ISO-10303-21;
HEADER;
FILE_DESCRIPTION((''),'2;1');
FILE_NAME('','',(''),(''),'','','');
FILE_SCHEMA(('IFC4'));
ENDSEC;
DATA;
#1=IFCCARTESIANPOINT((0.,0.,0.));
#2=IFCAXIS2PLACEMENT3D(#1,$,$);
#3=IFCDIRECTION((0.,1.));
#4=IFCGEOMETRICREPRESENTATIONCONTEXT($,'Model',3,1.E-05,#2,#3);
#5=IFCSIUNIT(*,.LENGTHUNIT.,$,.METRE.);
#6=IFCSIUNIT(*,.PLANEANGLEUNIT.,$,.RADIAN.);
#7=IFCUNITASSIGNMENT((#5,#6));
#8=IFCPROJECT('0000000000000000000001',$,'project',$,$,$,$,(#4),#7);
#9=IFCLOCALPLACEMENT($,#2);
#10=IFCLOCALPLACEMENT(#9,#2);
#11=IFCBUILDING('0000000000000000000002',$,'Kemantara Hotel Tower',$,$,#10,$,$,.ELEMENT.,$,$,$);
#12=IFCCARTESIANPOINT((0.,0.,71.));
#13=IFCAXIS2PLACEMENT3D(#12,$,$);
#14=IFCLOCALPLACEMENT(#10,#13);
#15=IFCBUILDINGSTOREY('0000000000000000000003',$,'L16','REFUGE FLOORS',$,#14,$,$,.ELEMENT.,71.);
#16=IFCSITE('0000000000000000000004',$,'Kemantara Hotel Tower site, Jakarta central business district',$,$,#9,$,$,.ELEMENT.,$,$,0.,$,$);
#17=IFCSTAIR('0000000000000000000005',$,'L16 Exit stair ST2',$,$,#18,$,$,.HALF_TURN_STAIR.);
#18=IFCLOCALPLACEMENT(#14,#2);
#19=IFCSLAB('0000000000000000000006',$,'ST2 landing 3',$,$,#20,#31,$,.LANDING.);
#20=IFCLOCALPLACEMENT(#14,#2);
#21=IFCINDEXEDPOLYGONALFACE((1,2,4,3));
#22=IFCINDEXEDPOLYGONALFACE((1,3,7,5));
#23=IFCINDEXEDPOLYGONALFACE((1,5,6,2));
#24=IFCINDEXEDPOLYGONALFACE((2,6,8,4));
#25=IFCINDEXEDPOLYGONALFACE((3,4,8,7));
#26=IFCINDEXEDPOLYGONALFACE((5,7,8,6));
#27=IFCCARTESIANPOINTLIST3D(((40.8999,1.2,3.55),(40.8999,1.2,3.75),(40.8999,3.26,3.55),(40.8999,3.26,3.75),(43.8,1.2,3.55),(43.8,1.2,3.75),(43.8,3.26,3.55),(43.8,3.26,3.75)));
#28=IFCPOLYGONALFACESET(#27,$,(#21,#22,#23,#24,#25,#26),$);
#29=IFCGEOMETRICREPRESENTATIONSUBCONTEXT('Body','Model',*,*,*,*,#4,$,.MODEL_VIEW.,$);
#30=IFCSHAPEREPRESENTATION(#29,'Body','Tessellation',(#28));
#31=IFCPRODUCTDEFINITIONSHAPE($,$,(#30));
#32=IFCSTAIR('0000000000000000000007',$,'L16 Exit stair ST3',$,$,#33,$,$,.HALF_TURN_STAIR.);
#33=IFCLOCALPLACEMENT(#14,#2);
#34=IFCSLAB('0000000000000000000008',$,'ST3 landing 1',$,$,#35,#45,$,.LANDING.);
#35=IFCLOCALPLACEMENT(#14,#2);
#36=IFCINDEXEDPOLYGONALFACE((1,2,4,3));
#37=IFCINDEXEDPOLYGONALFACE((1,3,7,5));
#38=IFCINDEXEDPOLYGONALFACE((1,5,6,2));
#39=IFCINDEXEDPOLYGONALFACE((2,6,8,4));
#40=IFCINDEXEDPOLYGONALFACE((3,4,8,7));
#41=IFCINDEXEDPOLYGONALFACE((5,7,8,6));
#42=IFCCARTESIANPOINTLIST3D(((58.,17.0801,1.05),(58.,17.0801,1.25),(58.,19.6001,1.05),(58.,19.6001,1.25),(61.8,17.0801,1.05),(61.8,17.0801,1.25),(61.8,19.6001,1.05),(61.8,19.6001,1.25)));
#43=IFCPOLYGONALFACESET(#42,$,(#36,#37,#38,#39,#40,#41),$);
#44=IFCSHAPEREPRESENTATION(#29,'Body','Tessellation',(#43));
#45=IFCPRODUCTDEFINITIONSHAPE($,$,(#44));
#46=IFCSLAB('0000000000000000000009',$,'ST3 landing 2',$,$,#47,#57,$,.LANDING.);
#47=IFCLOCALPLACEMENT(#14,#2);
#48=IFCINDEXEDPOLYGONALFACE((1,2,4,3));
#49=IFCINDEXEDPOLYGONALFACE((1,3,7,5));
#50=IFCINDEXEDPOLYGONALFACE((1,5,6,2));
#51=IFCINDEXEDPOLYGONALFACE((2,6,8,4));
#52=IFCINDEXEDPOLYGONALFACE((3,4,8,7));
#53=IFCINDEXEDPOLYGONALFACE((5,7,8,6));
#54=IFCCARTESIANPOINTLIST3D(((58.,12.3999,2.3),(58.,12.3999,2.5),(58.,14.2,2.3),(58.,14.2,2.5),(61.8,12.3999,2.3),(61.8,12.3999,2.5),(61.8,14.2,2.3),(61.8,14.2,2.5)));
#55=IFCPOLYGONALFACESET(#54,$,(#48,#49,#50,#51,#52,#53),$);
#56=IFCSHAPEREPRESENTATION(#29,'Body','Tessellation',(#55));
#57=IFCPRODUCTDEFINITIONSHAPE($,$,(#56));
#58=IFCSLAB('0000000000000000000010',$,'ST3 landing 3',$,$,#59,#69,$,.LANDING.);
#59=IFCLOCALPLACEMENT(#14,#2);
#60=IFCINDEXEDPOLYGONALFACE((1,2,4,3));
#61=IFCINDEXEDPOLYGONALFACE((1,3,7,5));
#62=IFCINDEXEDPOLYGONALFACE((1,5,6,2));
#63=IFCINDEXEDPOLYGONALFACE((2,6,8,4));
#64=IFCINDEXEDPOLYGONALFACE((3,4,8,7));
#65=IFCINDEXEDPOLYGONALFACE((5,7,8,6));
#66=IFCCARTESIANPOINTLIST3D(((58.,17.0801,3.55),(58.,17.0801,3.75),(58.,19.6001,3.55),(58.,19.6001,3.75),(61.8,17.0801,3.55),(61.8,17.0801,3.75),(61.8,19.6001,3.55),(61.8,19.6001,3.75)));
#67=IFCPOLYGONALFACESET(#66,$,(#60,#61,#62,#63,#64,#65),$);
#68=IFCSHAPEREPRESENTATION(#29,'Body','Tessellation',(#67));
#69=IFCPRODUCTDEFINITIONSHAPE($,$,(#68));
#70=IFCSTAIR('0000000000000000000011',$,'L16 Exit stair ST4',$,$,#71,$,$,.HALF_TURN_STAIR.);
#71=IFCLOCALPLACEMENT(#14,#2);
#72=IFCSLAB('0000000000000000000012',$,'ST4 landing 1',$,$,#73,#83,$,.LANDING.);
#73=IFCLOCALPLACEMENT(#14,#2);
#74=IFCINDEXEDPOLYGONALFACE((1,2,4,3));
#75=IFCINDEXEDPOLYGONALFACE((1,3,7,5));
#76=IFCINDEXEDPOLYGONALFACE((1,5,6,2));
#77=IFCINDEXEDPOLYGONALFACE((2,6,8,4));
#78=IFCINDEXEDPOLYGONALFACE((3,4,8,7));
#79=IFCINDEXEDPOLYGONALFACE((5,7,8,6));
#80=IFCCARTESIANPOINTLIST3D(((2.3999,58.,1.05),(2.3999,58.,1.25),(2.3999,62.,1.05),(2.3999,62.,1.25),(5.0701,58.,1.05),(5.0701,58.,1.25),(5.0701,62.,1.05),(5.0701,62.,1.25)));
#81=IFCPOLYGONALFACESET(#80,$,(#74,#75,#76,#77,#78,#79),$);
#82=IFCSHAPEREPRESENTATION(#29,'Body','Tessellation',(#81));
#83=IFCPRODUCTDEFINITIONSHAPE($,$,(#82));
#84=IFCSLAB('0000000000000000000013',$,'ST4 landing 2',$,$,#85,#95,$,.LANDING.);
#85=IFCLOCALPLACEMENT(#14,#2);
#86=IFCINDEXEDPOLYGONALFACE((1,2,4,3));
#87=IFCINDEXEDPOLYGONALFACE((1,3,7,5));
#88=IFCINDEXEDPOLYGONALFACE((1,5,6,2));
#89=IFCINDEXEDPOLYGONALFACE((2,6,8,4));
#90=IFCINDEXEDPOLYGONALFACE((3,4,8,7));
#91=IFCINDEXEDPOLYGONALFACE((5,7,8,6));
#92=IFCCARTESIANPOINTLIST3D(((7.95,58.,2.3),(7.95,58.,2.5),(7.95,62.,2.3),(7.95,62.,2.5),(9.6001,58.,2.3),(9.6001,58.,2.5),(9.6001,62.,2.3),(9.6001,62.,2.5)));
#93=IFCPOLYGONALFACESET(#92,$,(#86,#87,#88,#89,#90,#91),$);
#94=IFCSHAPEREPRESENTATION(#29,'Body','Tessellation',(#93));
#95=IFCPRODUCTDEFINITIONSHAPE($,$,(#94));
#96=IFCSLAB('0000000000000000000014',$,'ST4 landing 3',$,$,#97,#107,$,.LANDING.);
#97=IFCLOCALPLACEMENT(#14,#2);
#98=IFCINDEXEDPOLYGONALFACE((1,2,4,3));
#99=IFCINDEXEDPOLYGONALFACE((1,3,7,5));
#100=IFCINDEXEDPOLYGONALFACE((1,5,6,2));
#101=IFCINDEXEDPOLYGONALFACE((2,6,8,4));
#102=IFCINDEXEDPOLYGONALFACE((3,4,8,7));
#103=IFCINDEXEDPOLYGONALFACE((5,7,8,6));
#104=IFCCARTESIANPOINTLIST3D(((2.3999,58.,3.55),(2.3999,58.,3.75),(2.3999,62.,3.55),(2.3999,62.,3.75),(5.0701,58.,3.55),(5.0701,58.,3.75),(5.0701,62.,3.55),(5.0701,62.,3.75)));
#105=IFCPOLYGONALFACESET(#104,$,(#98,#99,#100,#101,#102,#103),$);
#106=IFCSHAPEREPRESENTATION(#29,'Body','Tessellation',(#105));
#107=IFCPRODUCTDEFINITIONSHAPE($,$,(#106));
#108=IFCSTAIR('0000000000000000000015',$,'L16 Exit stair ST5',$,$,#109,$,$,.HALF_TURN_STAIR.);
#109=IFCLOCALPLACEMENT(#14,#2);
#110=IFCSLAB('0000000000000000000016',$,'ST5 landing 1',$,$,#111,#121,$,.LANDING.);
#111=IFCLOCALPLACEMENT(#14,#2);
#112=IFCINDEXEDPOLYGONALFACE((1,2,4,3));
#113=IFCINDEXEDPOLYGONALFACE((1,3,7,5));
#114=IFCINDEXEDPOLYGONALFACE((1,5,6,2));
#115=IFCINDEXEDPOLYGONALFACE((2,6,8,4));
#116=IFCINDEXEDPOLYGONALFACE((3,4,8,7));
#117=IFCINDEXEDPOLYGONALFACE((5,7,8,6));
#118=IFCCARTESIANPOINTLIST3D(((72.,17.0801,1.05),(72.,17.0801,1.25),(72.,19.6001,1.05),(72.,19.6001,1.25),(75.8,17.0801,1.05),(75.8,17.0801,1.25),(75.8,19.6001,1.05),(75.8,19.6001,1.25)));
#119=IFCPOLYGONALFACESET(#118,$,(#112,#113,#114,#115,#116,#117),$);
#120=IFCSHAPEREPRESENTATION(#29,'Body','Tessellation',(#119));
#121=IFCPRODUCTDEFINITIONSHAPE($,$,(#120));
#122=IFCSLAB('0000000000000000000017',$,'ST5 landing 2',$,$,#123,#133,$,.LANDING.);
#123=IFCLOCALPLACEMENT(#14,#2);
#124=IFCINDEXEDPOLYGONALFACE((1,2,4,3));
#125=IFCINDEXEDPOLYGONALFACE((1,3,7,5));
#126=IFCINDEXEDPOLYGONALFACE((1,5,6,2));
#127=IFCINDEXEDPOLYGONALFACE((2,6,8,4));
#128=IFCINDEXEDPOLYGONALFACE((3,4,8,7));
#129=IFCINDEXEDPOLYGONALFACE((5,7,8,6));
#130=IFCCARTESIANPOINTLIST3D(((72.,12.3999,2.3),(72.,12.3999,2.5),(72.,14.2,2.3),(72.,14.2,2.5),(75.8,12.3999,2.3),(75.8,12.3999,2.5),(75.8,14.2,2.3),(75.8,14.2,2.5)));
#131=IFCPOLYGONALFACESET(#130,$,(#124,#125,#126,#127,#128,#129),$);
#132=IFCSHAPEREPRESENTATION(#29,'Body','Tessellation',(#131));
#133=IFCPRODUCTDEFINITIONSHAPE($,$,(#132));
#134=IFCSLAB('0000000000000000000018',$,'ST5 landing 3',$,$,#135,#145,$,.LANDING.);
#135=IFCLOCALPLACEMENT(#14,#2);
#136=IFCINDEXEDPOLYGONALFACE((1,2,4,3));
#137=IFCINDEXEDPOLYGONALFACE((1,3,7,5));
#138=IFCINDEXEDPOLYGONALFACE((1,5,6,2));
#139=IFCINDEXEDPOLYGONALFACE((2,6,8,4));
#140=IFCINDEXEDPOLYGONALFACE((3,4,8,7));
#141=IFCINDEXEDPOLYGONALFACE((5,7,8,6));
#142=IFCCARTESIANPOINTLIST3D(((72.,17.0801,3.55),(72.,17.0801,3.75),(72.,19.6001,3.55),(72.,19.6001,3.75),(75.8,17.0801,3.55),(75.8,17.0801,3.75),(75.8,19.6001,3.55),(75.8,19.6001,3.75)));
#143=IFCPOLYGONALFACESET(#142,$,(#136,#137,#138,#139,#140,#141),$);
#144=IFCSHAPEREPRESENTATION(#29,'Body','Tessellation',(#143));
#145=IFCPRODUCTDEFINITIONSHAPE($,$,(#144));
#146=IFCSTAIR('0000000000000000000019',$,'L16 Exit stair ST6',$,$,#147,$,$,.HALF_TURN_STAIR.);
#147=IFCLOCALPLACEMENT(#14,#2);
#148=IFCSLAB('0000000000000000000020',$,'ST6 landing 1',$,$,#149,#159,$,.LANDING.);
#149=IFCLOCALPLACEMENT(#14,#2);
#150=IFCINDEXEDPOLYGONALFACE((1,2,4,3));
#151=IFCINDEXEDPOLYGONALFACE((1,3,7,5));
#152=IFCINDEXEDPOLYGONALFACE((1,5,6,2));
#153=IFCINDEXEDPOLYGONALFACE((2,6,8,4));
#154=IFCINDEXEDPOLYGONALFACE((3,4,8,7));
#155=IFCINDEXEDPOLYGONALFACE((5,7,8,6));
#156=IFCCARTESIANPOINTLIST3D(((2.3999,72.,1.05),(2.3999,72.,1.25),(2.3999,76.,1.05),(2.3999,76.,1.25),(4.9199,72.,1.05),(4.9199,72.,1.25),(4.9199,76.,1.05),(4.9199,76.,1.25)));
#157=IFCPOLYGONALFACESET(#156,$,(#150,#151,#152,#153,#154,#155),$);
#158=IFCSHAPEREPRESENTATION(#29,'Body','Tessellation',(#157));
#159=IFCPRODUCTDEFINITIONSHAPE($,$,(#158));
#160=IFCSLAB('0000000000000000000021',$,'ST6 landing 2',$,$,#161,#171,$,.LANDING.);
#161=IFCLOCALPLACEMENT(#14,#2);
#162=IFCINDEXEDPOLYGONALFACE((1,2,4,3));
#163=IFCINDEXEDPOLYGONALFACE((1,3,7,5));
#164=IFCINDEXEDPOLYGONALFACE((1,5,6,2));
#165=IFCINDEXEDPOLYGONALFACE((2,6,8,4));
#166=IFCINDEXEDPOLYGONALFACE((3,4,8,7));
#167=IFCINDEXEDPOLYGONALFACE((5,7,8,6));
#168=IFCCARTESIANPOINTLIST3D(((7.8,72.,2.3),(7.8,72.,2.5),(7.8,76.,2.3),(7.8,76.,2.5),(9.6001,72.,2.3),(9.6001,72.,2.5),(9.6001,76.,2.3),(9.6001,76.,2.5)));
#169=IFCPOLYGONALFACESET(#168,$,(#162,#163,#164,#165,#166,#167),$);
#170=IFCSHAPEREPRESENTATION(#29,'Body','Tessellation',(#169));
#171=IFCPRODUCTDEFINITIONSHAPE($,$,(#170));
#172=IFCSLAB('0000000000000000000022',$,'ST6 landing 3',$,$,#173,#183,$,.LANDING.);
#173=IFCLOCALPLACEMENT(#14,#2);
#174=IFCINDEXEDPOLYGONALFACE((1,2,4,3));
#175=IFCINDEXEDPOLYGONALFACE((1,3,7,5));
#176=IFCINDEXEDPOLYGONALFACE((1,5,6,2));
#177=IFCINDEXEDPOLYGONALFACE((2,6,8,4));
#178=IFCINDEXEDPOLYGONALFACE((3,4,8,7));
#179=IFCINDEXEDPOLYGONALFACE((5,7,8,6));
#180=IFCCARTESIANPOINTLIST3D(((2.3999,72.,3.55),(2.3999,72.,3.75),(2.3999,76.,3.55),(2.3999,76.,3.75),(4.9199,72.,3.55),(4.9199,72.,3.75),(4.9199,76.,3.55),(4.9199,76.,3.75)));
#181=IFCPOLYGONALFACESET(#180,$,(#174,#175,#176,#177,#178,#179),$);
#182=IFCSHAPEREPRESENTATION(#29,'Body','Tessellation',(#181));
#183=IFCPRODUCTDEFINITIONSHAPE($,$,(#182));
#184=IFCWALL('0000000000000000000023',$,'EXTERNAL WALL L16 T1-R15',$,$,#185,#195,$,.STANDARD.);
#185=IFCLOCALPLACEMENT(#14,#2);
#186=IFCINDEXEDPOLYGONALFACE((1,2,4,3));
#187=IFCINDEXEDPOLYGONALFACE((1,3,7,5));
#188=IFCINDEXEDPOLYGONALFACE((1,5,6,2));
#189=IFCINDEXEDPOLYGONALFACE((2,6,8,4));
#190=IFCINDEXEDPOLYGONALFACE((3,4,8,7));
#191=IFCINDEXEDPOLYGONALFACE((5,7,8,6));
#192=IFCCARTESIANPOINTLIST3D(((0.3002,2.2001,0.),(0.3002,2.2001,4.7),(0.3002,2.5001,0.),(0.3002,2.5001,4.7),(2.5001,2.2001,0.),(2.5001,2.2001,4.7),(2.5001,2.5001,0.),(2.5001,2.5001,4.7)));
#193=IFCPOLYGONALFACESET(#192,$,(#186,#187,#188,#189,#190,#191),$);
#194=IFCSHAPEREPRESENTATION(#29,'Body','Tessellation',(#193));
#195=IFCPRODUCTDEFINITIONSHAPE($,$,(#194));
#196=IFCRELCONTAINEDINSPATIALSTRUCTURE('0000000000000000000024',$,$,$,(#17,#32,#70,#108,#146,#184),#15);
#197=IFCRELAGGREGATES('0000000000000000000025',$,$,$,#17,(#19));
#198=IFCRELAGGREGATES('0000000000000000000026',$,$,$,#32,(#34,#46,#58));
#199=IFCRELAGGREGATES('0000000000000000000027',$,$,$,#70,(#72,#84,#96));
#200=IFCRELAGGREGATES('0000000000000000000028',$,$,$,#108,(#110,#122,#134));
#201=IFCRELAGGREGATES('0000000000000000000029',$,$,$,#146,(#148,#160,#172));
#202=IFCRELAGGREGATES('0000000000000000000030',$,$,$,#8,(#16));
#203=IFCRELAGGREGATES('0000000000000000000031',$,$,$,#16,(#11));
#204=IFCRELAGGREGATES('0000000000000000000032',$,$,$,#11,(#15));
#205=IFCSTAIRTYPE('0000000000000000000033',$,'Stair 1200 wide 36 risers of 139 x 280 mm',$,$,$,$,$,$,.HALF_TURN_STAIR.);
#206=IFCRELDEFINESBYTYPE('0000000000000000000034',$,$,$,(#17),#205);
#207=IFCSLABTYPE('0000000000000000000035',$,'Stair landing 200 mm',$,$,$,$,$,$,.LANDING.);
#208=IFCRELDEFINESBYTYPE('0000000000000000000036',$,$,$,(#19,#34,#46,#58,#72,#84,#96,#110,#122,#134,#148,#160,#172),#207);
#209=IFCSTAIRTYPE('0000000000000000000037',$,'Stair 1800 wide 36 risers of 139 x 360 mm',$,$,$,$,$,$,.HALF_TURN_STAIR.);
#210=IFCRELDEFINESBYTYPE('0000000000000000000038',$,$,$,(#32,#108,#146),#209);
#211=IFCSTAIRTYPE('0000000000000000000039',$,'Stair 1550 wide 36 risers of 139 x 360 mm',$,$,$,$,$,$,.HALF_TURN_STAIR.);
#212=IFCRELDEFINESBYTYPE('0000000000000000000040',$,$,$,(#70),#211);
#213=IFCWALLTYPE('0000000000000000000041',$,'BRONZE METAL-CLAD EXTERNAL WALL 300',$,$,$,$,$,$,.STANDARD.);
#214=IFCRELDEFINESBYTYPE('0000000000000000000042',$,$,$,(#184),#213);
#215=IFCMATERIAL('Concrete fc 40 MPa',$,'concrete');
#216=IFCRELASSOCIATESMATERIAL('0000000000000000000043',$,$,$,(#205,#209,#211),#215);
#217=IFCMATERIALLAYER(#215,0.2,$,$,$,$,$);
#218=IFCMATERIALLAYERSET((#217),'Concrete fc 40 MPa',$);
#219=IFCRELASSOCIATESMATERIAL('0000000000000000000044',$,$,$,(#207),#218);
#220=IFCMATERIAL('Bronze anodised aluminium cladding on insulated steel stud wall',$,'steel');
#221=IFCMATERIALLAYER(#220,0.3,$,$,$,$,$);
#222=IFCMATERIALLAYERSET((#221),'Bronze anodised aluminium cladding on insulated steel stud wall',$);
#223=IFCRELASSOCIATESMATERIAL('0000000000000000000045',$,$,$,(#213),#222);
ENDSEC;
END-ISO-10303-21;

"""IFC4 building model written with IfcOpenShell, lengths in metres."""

from ifc_helpers import new_model, si_unit, direction, frame, frame_2d, origin, place, context, subcontext, project, spatial, polyline, rectangle, outline, extrude, material, layer, layer_set, type_object, element, aggregate, save


model = new_model("IFC4")

# Units and contexts
model_context = context("Model", 3, precision=1e-05, world=origin(), true_north=direction((0.0, 1.0)))
body_context = subcontext(model_context, "Body", "Model", "MODEL_VIEW")
ifc_project = project(units=[si_unit("LENGTHUNIT", "METRE"), si_unit("PLANEANGLEUNIT", "RADIAN")], contexts=[model_context])

# Site, building, storey
site_placement = place(None, origin())
site = spatial("IfcSite", under=ifc_project, at=site_placement, Name="Kemantara Hotel Tower site, Jakarta central business district", CompositionType="ELEMENT", RefElevation=0.0)
building_placement = place(site_placement, origin())
building = spatial("IfcBuilding", under=site, at=building_placement, Name="Kemantara Hotel Tower", CompositionType="ELEMENT")
storey_placement = place(building_placement, frame((0.0, 0.0, 71.0)))
storey = spatial("IfcBuildingStorey", under=building, at=storey_placement, Name="L16", Description="REFUGE FLOORS", CompositionType="ELEMENT", Elevation=71.0)

# Shared definitions
ifc_material_1 = material(Name="Concrete fc 40 MPa", Category="concrete")

# Stairs, slabs
stair_type_1 = type_object("IfcStairType", Name="Stair 1200 wide 36 risers of 139 x 280 mm", PredefinedType="HALF_TURN_STAIR", material=ifc_material_1)
ifc_layer_1 = layer(ifc_material_1, 0.2)
ifc_layer_set_1 = layer_set([ifc_layer_1], Name="Concrete fc 40 MPa")
slab_type_1 = type_object("IfcSlabType", Name="Stair landing 200 mm", PredefinedType="LANDING", material=ifc_layer_set_1)
stair_1_placement = place(storey_placement, origin())
stair_1 = element("IfcStair", 1, at=stair_1_placement, inside=storey, type_object=stair_type_1, Name="L16 Exit stair ST2", PredefinedType="HALF_TURN_STAIR")
slab_1_placement = place(storey_placement, frame((0.0, 0.0, 3.55)))
slab_1 = element("IfcSlab", 2, at=slab_1_placement, type_object=slab_type_1, Name="ST2 landing 3", PredefinedType="LANDING", context=body_context, shape_type="SweptSolid", body=[
    extrude(outline(polyline([(40.8999, 3.26), (40.8999, 1.2), (43.8, 1.2), (43.8, 3.26), (40.8999, 3.26)])), origin(), (0.0, 0.0, 1.0), 0.2),
])
aggregate(stair_1, [slab_1])
stair_type_2 = type_object("IfcStairType", Name="Stair 1800 wide 36 risers of 139 x 360 mm", PredefinedType="HALF_TURN_STAIR", material=ifc_material_1)
stair_2_placement = place(storey_placement, origin())
stair_2 = element("IfcStair", 3, at=stair_2_placement, inside=storey, type_object=stair_type_2, Name="L16 Exit stair ST3", PredefinedType="HALF_TURN_STAIR")
slab_2_placement = place(storey_placement, frame((0.0, 0.0, 1.05)))
slab_2 = element("IfcSlab", 4, at=slab_2_placement, type_object=slab_type_1, Name="ST3 landing 1", PredefinedType="LANDING", context=body_context, shape_type="SweptSolid", body=[
    extrude(outline(polyline([(61.8, 17.0801), (61.8, 19.6001), (58.0, 19.6001), (58.0, 17.0801), (61.8, 17.0801)])), origin(), (0.0, 0.0, 1.0), 0.2),
])
slab_3_placement = place(storey_placement, frame((0.0, 0.0, 2.3)))
slab_3 = element("IfcSlab", 5, at=slab_3_placement, type_object=slab_type_1, Name="ST3 landing 2", PredefinedType="LANDING", context=body_context, shape_type="SweptSolid", body=[
    extrude(outline(polyline([(61.8, 12.3999), (61.8, 14.2), (58.0, 14.2), (58.0, 12.3999), (61.8, 12.3999)])), origin(), (0.0, 0.0, 1.0), 0.2),
])
slab_4_placement = place(storey_placement, frame((0.0, 0.0, 3.55)))
slab_4 = element("IfcSlab", 6, at=slab_4_placement, type_object=slab_type_1, Name="ST3 landing 3", PredefinedType="LANDING", context=body_context, shape_type="SweptSolid", body=[
    extrude(outline(polyline([(61.8, 17.0801), (61.8, 19.6001), (58.0, 19.6001), (58.0, 17.0801), (61.8, 17.0801)])), origin(), (0.0, 0.0, 1.0), 0.2),
])
aggregate(stair_2, [slab_2, slab_3, slab_4])
stair_type_3 = type_object("IfcStairType", Name="Stair 1550 wide 36 risers of 139 x 360 mm", PredefinedType="HALF_TURN_STAIR", material=ifc_material_1)
stair_3_placement = place(storey_placement, origin())
stair_3 = element("IfcStair", 7, at=stair_3_placement, inside=storey, type_object=stair_type_3, Name="L16 Exit stair ST4", PredefinedType="HALF_TURN_STAIR")
slab_5_placement = place(storey_placement, frame((0.0, 0.0, 1.05)))
slab_5 = element("IfcSlab", 8, at=slab_5_placement, type_object=slab_type_1, Name="ST4 landing 1", PredefinedType="LANDING", context=body_context, shape_type="SweptSolid", body=[
    extrude(outline(polyline([(5.0701, 62.0), (2.3999, 62.0), (2.3999, 58.0), (5.0701, 58.0), (5.0701, 62.0)])), origin(), (0.0, 0.0, 1.0), 0.2),
])
slab_6_placement = place(storey_placement, frame((0.0, 0.0, 2.3)))
slab_6 = element("IfcSlab", 9, at=slab_6_placement, type_object=slab_type_1, Name="ST4 landing 2", PredefinedType="LANDING", context=body_context, shape_type="SweptSolid", body=[
    extrude(outline(polyline([(9.6001, 62.0), (7.95, 62.0), (7.95, 58.0), (9.6001, 58.0), (9.6001, 62.0)])), origin(), (0.0, 0.0, 1.0), 0.2),
])
slab_7_placement = place(storey_placement, frame((0.0, 0.0, 3.55)))
slab_7 = element("IfcSlab", 10, at=slab_7_placement, type_object=slab_type_1, Name="ST4 landing 3", PredefinedType="LANDING", context=body_context, shape_type="SweptSolid", body=[
    extrude(outline(polyline([(5.0701, 62.0), (2.3999, 62.0), (2.3999, 58.0), (5.0701, 58.0), (5.0701, 62.0)])), origin(), (0.0, 0.0, 1.0), 0.2),
])
aggregate(stair_3, [slab_5, slab_6, slab_7])
stair_4_placement = place(storey_placement, origin())
stair_4 = element("IfcStair", 11, at=stair_4_placement, inside=storey, type_object=stair_type_2, Name="L16 Exit stair ST5", PredefinedType="HALF_TURN_STAIR")
slab_8_placement = place(storey_placement, frame((0.0, 0.0, 1.05)))
slab_8 = element("IfcSlab", 12, at=slab_8_placement, type_object=slab_type_1, Name="ST5 landing 1", PredefinedType="LANDING", context=body_context, shape_type="SweptSolid", body=[
    extrude(outline(polyline([(75.8, 17.0801), (75.8, 19.6001), (72.0, 19.6001), (72.0, 17.0801), (75.8, 17.0801)])), origin(), (0.0, 0.0, 1.0), 0.2),
])
slab_9_placement = place(storey_placement, frame((0.0, 0.0, 2.3)))
slab_9 = element("IfcSlab", 13, at=slab_9_placement, type_object=slab_type_1, Name="ST5 landing 2", PredefinedType="LANDING", context=body_context, shape_type="SweptSolid", body=[
    extrude(outline(polyline([(75.8, 12.3999), (75.8, 14.2), (72.0, 14.2), (72.0, 12.3999), (75.8, 12.3999)])), origin(), (0.0, 0.0, 1.0), 0.2),
])
slab_10_placement = place(storey_placement, frame((0.0, 0.0, 3.55)))
slab_10 = element("IfcSlab", 14, at=slab_10_placement, type_object=slab_type_1, Name="ST5 landing 3", PredefinedType="LANDING", context=body_context, shape_type="SweptSolid", body=[
    extrude(outline(polyline([(75.8, 17.0801), (75.8, 19.6001), (72.0, 19.6001), (72.0, 17.0801), (75.8, 17.0801)])), origin(), (0.0, 0.0, 1.0), 0.2),
])
aggregate(stair_4, [slab_8, slab_9, slab_10])
stair_5_placement = place(storey_placement, origin())
stair_5 = element("IfcStair", 15, at=stair_5_placement, inside=storey, type_object=stair_type_2, Name="L16 Exit stair ST6", PredefinedType="HALF_TURN_STAIR")
slab_11_placement = place(storey_placement, frame((0.0, 0.0, 1.05)))
slab_11 = element("IfcSlab", 16, at=slab_11_placement, type_object=slab_type_1, Name="ST6 landing 1", PredefinedType="LANDING", context=body_context, shape_type="SweptSolid", body=[
    extrude(outline(polyline([(4.9199, 76.0), (2.3999, 76.0), (2.3999, 72.0), (4.9199, 72.0), (4.9199, 76.0)])), origin(), (0.0, 0.0, 1.0), 0.2),
])
slab_12_placement = place(storey_placement, frame((0.0, 0.0, 2.3)))
slab_12 = element("IfcSlab", 17, at=slab_12_placement, type_object=slab_type_1, Name="ST6 landing 2", PredefinedType="LANDING", context=body_context, shape_type="SweptSolid", body=[
    extrude(outline(polyline([(9.6001, 76.0), (7.8, 76.0), (7.8, 72.0), (9.6001, 72.0), (9.6001, 76.0)])), origin(), (0.0, 0.0, 1.0), 0.2),
])
slab_13_placement = place(storey_placement, frame((0.0, 0.0, 3.55)))
slab_13 = element("IfcSlab", 18, at=slab_13_placement, type_object=slab_type_1, Name="ST6 landing 3", PredefinedType="LANDING", context=body_context, shape_type="SweptSolid", body=[
    extrude(outline(polyline([(4.9199, 76.0), (2.3999, 76.0), (2.3999, 72.0), (4.9199, 72.0), (4.9199, 76.0)])), origin(), (0.0, 0.0, 1.0), 0.2),
])
aggregate(stair_5, [slab_11, slab_12, slab_13])

# Wall
ifc_material_2 = material(Name="Bronze anodised aluminium cladding on insulated steel stud wall", Category="steel")
ifc_layer_2 = layer(ifc_material_2, 0.3)
ifc_layer_set_2 = layer_set([ifc_layer_2], Name="Bronze anodised aluminium cladding on insulated steel stud wall")
wall_type = type_object("IfcWallType", Name="BRONZE METAL-CLAD EXTERNAL WALL 300", PredefinedType="STANDARD", material=ifc_layer_set_2)
wall_placement = place(storey_placement, frame((0.3, 2.3501, 0.0), z_axis=(0.0, 0.0, 1.0), x_axis=(1.0, 0.0, 0.0)))
element("IfcWall", 19, at=wall_placement, inside=storey, type_object=wall_type, Name="EXTERNAL WALL L16 T1-R15", PredefinedType="STANDARD", context=body_context, shape_type="SweptSolid", body=[
    extrude(rectangle(XDim=2.2, YDim=0.3, at=frame_2d((1.1001, 0.0))), origin(), (0.0, 0.0, 1.0), 4.7),
])

save(model, "model.ifc")
